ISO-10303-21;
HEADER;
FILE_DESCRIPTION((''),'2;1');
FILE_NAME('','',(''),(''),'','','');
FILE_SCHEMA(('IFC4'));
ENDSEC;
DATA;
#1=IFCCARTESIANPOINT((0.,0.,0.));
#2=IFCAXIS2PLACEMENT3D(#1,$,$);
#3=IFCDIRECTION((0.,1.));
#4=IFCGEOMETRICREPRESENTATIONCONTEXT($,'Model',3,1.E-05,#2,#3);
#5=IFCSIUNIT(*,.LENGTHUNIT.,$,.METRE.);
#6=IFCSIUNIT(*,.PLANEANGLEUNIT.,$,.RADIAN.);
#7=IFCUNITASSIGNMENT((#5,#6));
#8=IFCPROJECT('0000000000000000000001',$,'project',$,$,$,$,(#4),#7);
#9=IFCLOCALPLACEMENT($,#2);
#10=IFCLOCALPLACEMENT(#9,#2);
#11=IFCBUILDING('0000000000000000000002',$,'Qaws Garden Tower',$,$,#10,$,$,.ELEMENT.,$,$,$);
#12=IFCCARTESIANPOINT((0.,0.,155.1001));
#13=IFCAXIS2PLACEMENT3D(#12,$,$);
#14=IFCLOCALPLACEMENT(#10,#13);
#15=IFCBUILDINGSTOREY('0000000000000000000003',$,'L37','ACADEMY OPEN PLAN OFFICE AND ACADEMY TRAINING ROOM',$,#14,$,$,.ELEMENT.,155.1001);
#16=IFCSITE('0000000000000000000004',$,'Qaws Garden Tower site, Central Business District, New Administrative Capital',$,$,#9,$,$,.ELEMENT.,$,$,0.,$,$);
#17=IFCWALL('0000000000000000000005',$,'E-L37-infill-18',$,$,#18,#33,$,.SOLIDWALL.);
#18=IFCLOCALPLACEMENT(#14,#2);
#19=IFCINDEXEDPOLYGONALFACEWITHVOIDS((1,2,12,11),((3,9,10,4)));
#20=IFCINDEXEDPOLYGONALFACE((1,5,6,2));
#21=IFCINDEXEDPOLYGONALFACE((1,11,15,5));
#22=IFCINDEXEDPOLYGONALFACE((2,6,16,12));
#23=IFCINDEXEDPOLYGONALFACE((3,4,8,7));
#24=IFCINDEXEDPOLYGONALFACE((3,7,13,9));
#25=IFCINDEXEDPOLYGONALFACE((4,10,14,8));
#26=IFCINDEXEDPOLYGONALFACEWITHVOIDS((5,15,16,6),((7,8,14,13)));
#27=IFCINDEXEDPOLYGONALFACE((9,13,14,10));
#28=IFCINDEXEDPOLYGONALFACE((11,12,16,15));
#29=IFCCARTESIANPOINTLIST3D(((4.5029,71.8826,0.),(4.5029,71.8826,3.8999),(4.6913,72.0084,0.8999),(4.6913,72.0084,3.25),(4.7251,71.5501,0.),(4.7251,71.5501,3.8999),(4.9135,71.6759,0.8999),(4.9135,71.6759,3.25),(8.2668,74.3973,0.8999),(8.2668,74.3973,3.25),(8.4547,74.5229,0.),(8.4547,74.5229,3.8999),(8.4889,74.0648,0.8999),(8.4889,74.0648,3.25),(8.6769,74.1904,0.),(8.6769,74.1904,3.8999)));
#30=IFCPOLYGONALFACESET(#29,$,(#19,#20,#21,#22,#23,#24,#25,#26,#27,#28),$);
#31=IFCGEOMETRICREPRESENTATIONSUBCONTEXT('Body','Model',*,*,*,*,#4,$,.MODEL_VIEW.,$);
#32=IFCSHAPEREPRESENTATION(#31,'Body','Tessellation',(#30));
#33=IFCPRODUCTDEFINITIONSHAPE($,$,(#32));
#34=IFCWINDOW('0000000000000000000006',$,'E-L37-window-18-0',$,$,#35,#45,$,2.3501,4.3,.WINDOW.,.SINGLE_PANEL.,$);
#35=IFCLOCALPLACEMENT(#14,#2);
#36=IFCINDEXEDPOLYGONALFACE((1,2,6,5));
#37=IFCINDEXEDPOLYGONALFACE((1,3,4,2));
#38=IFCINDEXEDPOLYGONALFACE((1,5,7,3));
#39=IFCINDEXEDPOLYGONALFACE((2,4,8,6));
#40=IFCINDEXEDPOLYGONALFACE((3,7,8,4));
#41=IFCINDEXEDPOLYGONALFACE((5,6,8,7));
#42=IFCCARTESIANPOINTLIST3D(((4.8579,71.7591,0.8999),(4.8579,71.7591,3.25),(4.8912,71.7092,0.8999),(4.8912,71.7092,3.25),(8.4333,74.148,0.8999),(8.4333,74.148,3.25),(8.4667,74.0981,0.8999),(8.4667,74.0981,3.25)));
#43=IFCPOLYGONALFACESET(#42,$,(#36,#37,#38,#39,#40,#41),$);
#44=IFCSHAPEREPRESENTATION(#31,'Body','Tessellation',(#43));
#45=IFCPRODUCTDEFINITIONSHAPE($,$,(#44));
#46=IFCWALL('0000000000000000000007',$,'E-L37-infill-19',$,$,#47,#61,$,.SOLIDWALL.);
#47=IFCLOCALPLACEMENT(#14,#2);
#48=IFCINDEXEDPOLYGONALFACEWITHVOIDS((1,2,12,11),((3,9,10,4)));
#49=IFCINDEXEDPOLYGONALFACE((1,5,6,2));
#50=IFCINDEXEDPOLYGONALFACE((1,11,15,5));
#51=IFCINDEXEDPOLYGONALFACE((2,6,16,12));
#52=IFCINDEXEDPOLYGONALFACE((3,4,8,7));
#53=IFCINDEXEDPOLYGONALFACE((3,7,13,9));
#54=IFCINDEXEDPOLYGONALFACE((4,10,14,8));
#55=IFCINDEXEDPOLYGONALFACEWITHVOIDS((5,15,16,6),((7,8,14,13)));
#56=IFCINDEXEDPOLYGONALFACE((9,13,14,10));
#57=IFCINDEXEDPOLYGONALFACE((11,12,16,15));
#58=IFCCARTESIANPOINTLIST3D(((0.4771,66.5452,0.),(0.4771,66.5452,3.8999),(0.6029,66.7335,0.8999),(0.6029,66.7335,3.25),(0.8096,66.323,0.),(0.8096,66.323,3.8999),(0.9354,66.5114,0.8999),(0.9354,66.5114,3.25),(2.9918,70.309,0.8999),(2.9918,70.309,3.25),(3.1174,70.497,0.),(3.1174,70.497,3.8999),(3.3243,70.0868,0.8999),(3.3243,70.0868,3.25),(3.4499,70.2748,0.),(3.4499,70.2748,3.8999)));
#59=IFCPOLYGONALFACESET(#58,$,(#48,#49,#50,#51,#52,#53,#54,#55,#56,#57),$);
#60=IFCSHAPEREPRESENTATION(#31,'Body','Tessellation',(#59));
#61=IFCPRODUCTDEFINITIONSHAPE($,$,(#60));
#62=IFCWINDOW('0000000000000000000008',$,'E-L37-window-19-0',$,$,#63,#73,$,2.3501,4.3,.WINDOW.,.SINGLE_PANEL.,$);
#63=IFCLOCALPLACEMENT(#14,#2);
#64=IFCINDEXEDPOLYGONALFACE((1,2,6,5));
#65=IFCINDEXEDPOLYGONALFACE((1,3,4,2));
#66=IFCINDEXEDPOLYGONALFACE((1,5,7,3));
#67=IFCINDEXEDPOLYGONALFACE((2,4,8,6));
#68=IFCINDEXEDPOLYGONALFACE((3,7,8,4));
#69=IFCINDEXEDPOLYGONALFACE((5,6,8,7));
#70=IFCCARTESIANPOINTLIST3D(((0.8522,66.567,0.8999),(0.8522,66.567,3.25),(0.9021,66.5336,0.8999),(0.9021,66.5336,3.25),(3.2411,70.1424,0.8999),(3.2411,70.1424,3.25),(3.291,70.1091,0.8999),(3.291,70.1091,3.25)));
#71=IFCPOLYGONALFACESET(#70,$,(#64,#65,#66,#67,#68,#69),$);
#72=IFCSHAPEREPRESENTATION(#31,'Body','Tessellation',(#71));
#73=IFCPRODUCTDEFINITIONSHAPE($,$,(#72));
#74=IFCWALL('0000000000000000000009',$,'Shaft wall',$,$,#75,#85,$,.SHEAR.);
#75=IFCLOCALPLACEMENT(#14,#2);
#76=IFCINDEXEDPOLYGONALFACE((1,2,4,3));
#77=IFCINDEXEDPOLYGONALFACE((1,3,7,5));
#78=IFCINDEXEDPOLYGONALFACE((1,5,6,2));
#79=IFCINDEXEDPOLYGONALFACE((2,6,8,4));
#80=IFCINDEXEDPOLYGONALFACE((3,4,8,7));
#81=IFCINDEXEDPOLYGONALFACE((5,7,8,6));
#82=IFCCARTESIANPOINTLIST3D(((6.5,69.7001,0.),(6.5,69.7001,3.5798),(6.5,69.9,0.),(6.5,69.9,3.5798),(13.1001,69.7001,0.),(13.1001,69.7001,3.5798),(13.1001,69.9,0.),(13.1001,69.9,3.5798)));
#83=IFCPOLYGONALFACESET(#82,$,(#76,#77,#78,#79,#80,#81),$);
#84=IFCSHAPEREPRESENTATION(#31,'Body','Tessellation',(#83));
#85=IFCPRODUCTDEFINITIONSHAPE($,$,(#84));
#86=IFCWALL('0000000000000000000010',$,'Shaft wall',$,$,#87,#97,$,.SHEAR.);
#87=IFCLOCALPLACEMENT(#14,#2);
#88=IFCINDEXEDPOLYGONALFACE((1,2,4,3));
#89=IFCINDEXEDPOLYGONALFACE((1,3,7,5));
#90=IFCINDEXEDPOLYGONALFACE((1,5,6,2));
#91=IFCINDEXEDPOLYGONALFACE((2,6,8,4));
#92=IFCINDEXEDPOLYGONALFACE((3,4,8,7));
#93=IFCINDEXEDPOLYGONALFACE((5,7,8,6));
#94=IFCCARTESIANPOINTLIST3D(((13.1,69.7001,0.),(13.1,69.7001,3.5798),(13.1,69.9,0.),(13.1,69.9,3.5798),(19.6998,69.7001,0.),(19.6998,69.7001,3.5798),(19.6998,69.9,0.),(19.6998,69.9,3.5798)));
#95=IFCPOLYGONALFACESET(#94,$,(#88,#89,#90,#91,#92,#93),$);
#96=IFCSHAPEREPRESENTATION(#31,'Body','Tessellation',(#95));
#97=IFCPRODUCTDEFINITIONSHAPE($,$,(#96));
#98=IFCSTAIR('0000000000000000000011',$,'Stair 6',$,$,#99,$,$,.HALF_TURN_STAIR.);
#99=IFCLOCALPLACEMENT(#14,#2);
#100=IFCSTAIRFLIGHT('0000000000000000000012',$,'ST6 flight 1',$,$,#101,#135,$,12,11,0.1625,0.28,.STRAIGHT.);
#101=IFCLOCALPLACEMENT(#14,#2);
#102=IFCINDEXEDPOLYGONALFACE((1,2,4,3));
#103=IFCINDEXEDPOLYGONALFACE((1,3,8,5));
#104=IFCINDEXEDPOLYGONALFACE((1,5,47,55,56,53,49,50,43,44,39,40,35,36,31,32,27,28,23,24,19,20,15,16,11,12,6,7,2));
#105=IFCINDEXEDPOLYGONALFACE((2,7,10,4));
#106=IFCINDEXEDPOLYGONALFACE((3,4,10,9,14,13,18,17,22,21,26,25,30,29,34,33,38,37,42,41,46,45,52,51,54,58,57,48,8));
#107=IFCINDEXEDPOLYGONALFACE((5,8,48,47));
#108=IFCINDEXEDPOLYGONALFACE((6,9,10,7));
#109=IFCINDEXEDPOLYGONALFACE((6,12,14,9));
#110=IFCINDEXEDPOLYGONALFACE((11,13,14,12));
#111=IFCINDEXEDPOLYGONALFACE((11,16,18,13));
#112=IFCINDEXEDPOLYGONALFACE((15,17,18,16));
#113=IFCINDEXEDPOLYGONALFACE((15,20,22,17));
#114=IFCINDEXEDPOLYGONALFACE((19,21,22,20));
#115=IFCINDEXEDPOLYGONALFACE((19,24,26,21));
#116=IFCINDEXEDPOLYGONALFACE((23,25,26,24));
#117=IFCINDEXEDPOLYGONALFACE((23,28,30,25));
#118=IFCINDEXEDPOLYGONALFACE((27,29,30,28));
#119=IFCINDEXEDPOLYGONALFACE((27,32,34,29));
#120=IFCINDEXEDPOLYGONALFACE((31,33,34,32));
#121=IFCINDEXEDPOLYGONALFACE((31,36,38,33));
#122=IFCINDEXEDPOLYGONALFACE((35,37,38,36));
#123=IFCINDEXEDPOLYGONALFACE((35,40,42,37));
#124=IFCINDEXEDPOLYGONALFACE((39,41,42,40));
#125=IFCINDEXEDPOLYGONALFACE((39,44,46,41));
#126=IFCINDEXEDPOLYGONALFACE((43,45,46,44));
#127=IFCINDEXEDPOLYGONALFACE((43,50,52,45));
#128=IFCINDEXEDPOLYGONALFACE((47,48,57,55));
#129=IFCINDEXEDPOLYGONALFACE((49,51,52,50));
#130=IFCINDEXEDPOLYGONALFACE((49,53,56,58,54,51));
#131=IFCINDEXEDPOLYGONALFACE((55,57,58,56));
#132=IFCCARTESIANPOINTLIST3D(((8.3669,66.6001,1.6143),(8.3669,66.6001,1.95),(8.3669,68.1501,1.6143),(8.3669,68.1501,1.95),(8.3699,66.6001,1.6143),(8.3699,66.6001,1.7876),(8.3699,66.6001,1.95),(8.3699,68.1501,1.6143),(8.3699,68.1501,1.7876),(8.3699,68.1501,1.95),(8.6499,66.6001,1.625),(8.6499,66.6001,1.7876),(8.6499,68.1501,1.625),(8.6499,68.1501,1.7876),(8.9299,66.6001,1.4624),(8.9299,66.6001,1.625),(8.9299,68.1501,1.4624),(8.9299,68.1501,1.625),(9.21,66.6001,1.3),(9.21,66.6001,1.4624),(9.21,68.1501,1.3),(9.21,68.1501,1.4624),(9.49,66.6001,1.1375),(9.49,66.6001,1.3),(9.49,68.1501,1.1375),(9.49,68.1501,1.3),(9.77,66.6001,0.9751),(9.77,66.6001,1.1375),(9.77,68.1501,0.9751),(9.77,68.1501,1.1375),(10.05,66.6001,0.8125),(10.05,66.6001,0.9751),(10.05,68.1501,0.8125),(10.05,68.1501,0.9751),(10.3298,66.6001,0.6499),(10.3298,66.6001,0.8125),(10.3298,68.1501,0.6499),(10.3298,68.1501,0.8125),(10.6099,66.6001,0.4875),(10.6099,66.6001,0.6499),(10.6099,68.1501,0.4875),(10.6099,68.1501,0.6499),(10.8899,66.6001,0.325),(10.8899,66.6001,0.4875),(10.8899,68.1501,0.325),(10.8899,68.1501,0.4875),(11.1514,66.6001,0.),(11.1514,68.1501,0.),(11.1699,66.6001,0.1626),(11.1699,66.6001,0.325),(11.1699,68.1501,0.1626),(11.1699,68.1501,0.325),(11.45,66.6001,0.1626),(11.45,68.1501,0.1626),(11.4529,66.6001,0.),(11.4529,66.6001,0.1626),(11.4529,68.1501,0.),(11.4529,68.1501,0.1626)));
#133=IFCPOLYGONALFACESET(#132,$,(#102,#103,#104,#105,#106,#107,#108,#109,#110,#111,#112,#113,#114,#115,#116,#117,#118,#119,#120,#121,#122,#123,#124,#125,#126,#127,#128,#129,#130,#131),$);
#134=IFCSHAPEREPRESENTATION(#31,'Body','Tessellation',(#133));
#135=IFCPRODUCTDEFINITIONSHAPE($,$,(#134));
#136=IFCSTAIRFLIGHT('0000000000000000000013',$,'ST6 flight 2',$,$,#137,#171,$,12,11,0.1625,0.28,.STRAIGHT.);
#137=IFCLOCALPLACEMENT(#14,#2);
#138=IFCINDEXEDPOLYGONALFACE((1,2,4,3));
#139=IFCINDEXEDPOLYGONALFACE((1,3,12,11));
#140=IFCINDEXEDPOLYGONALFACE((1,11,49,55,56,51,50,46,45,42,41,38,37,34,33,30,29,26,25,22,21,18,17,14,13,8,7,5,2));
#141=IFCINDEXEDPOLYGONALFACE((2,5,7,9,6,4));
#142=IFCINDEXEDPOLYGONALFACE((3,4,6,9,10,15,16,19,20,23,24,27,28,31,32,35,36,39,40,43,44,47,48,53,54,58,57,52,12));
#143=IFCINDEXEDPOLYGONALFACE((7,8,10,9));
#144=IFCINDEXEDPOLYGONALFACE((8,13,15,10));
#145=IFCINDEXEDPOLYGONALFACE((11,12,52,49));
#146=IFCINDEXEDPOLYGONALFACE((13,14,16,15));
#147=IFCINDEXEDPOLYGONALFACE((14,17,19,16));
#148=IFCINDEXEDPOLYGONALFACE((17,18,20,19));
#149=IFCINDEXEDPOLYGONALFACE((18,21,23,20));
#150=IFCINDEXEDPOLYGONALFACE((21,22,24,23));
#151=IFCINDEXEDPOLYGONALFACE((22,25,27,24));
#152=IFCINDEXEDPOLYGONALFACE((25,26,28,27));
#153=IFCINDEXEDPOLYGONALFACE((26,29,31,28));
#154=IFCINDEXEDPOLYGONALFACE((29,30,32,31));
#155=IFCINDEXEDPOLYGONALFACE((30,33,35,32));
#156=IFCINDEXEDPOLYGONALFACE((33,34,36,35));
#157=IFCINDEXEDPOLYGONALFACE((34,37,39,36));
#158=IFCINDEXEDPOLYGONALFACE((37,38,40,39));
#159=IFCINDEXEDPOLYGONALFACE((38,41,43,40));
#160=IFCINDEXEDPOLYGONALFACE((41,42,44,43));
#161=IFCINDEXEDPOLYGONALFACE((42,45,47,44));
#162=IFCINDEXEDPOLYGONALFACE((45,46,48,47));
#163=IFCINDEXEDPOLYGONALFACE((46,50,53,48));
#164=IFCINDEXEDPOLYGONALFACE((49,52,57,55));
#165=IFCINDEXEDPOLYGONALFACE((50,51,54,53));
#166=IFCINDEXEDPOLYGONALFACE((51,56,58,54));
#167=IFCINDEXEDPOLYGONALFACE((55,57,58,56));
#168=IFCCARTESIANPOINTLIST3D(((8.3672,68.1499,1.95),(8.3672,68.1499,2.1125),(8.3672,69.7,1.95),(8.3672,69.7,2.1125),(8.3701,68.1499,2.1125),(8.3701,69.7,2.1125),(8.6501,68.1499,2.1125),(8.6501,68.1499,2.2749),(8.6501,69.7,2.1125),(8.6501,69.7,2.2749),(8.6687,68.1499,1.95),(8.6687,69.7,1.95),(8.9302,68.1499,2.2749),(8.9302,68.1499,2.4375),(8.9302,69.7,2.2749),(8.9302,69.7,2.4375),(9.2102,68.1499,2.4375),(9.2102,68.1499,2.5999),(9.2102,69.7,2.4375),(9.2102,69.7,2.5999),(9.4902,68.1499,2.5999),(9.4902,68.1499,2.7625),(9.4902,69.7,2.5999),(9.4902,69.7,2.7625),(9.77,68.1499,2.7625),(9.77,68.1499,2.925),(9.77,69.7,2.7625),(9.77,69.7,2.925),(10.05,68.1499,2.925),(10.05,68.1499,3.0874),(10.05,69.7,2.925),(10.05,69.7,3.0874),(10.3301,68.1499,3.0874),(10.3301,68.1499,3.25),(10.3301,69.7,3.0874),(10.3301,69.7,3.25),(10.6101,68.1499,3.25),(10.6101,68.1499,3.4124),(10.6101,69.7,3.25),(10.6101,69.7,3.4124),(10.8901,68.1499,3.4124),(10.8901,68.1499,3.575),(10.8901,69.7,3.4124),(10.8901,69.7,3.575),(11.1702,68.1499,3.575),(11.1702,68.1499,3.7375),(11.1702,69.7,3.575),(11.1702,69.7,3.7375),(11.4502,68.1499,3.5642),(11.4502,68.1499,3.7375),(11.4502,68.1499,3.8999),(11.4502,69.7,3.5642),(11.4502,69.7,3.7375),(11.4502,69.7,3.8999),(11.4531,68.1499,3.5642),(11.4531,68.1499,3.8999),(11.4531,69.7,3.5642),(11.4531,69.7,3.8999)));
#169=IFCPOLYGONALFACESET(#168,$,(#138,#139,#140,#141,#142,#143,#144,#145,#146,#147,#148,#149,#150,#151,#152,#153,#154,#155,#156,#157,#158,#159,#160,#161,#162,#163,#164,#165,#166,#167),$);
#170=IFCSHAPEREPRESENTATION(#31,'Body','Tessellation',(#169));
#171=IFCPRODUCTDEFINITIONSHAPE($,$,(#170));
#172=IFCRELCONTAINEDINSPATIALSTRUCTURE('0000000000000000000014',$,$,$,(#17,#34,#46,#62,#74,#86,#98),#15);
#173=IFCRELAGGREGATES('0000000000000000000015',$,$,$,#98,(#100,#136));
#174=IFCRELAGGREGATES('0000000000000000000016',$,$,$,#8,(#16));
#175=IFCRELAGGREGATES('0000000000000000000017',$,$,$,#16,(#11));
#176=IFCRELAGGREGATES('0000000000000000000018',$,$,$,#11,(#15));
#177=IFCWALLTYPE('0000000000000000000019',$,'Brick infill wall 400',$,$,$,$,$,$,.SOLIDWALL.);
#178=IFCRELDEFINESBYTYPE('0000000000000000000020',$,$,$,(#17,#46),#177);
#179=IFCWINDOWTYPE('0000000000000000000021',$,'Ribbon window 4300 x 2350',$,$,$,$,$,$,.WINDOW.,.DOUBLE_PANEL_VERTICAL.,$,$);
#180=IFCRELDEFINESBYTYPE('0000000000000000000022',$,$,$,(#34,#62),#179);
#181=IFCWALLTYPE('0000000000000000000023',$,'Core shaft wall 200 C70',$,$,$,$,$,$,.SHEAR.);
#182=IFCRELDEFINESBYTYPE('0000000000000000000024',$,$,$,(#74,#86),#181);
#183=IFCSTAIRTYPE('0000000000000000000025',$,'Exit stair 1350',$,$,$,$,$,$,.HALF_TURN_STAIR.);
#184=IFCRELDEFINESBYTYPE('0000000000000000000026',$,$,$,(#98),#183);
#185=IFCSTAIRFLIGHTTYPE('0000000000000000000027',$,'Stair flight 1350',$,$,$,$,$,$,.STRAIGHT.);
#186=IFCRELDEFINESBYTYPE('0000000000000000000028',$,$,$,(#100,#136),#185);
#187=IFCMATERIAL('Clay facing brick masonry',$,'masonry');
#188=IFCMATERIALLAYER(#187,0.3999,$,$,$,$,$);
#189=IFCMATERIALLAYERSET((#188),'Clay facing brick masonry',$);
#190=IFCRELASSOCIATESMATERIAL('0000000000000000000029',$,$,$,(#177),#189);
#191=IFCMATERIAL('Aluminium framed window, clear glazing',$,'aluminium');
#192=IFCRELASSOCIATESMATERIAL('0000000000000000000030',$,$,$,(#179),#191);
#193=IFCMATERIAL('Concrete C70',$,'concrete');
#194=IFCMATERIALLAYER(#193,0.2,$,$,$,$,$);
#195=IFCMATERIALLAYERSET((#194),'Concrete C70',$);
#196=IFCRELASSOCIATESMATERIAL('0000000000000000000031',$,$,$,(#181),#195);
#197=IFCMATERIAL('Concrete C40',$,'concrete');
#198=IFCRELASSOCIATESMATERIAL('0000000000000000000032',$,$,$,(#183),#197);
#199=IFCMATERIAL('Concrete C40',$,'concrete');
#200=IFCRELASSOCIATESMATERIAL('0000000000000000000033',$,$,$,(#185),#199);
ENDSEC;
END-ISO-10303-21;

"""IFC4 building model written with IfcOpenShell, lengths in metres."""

from ifc_helpers import new_model, si_unit, direction, frame, frame_2d, origin, place, context, subcontext, project, spatial, polyline, rectangle, outline, extrude, material, layer, layer_set, type_object, element, fill, aggregate, save


model = new_model("IFC4")

# Units and contexts
model_context = context("Model", 3, precision=1e-05, world=origin(), true_north=direction((0.0, 1.0)))
body_context = subcontext(model_context, "Body", "Model", "MODEL_VIEW")
ifc_project = project(units=[si_unit("LENGTHUNIT", "METRE"), si_unit("PLANEANGLEUNIT", "RADIAN")], contexts=[model_context])

# Site, building, storey
site_placement = place(None, origin())
site = spatial("IfcSite", under=ifc_project, at=site_placement, Name="Qaws Garden Tower site, Central Business District, New Administrative Capital", CompositionType="ELEMENT", RefElevation=0.0)
building_placement = place(site_placement, origin())
building = spatial("IfcBuilding", under=site, at=building_placement, Name="Qaws Garden Tower", CompositionType="ELEMENT")
storey_placement = place(building_placement, frame((0.0, 0.0, 155.1001)))
storey = spatial("IfcBuildingStorey", under=building, at=storey_placement, Name="L37", Description="ACADEMY OPEN PLAN OFFICE AND ACADEMY TRAINING ROOM", CompositionType="ELEMENT", Elevation=155.1001)

# Walls, openings, windows
ifc_material_1 = material(Name="Clay facing brick masonry", Category="masonry")
ifc_layer_1 = layer(ifc_material_1, 0.3999)
ifc_layer_set_1 = layer_set([ifc_layer_1], Name="Clay facing brick masonry")
wall_type_1 = type_object("IfcWallType", Name="Brick infill wall 400", PredefinedType="SOLIDWALL", material=ifc_layer_set_1)
ifc_material_2 = material(Name="Aluminium framed window, clear glazing", Category="aluminium")
window_type = type_object("IfcWindowType", Name="Ribbon window 4300 x 2350", PartitioningType="DOUBLE_PANEL_VERTICAL", PredefinedType="WINDOW", material=ifc_material_2)
wall_1_placement = place(storey_placement, frame((8.5659, 74.3567, 0.0), z_axis=(0.0, 0.0, 1.0), x_axis=(-0.831489, -0.555542, 0.0)))
wall_1 = element("IfcWall", 1, at=wall_1_placement, inside=storey, type_object=wall_type_1, Name="E-L37-infill-18", PredefinedType="SOLIDWALL", context=body_context, shape_type="SweptSolid", body=[
    extrude(rectangle(XDim=4.7527, YDim=0.3999, at=frame_2d((2.3765, 0.0))), origin(), (0.0, 0.0, 1.0), 3.8999),
])
opening_1_placement = place(wall_1_placement, frame((0.2263, 0.0, 0.8999)))
opening_1 = element("IfcOpeningElement", 2, at=opening_1_placement, cuts=wall_1, PredefinedType="OPENING", context=body_context, shape_type="SweptSolid", body=[
    extrude(rectangle(XDim=4.3, YDim=2.3501, at=frame_2d((2.1499, 1.175))), frame((0.0, 0.21, 0.0), z_axis=(0.0, -1.0, 0.0), x_axis=(1.0, 0.0, 0.0)), (0.0, 0.0, 1.0), 0.4199),
])
window_1_placement = place(opening_1_placement, origin())
window_1 = element("IfcWindow", 3, at=window_1_placement, inside=storey, type_object=window_type, Name="E-L37-window-18-0", OverallHeight=2.3501, OverallWidth=4.3, PartitioningType="SINGLE_PANEL", PredefinedType="WINDOW", context=body_context, shape_type="SweptSolid", body=[
    extrude(rectangle(XDim=4.3, YDim=2.3501, at=frame_2d((2.1499, 1.175))), frame((0.0, 0.1599, 0.0), z_axis=(0.0, -1.0, 0.0), x_axis=(1.0, 0.0, 0.0)), (0.0, 0.0, 1.0), 0.0601),
])
fill(opening_1, window_1)
wall_2_placement = place(storey_placement, frame((3.2837, 70.386, 0.0), z_axis=(0.0, 0.0, 1.0), x_axis=(-0.555542, -0.831489, 0.0)))
wall_2 = element("IfcWall", 4, at=wall_2_placement, inside=storey, type_object=wall_type_1, Name="E-L37-infill-19", PredefinedType="SOLIDWALL", context=body_context, shape_type="SweptSolid", body=[
    extrude(rectangle(XDim=4.7527, YDim=0.3999, at=frame_2d((2.3765, 0.0))), origin(), (0.0, 0.0, 1.0), 3.8999),
])
opening_2_placement = place(wall_2_placement, frame((0.2263, 0.0, 0.8999)))
opening_2 = element("IfcOpeningElement", 5, at=opening_2_placement, cuts=wall_2, PredefinedType="OPENING", context=body_context, shape_type="SweptSolid", body=[
    extrude(rectangle(XDim=4.3, YDim=2.3501, at=frame_2d((2.1499, 1.175))), frame((0.0, 0.21, 0.0), z_axis=(0.0, -1.0, 0.0), x_axis=(1.0, 0.0, 0.0)), (0.0, 0.0, 1.0), 0.4199),
])
window_2_placement = place(opening_2_placement, origin())
window_2 = element("IfcWindow", 6, at=window_2_placement, inside=storey, type_object=window_type, Name="E-L37-window-19-0", OverallHeight=2.3501, OverallWidth=4.3, PartitioningType="SINGLE_PANEL", PredefinedType="WINDOW", context=body_context, shape_type="SweptSolid", body=[
    extrude(rectangle(XDim=4.3, YDim=2.3501, at=frame_2d((2.1499, 1.175))), frame((0.0, 0.1599, 0.0), z_axis=(0.0, -1.0, 0.0), x_axis=(1.0, 0.0, 0.0)), (0.0, 0.0, 1.0), 0.0601),
])
fill(opening_2, window_2)

# Walls
ifc_material_3 = material(Name="Concrete C70", Category="concrete")
ifc_layer_2 = layer(ifc_material_3, 0.2)
ifc_layer_set_2 = layer_set([ifc_layer_2], Name="Concrete C70")
wall_type_2 = type_object("IfcWallType", Name="Core shaft wall 200 C70", PredefinedType="SHEAR", material=ifc_layer_set_2)
wall_3_placement = place(storey_placement, frame((6.5, 69.8, 0.0), z_axis=(0.0, 0.0, 1.0), x_axis=(1.0, 0.0, 0.0)))
element("IfcWall", 7, at=wall_3_placement, inside=storey, type_object=wall_type_2, Name="Shaft wall", PredefinedType="SHEAR", context=body_context, shape_type="SweptSolid", body=[
    extrude(rectangle(XDim=6.6001, YDim=0.2, at=frame_2d((3.3, 0.0))), origin(), (0.0, 0.0, 1.0), 3.5798),
])
wall_4_placement = place(storey_placement, frame((13.1001, 69.8, 0.0), z_axis=(0.0, 0.0, 1.0), x_axis=(1.0, 0.0, 0.0)))
element("IfcWall", 8, at=wall_4_placement, inside=storey, type_object=wall_type_2, Name="Shaft wall", PredefinedType="SHEAR", context=body_context, shape_type="SweptSolid", body=[
    extrude(rectangle(XDim=6.5999, YDim=0.2, at=frame_2d((3.2998, 0.0))), origin(), (0.0, 0.0, 1.0), 3.5798),
])

# Stair, stair flights
ifc_material_4 = material(Name="Concrete C40", Category="concrete")
stair_type = type_object("IfcStairType", Name="Exit stair 1350", PredefinedType="HALF_TURN_STAIR", material=ifc_material_4)
placement = place(storey_placement, origin())
stair_1 = element("IfcStair", 9, at=placement, inside=storey, type_object=stair_type, Name="Stair 6", PredefinedType="HALF_TURN_STAIR")
ifc_material_5 = material(Name="Concrete C40", Category="concrete")
stair_flight_type = type_object("IfcStairFlightType", Name="Stair flight 1350", PredefinedType="STRAIGHT", material=ifc_material_5)
stair_flight_1_placement = place(storey_placement, frame((11.45, 67.375, 0.0), z_axis=(0.0, 0.0, 1.0), x_axis=(-1.0, 0.0, 0.0)))
stair_flight_1 = element("IfcStairFlight", 10, at=stair_flight_1_placement, type_object=stair_flight_type, Name="ST6 flight 1", NumberOfRisers=12, NumberOfTreads=11, PredefinedType="STRAIGHT", RiserHeight=0.1625, TreadLength=0.28, context=body_context, shape_type="SweptSolid", body=[
    extrude(outline(polyline([(-0.0029, 0.0), (-0.0029, 0.1626), (0.0, 0.1626), (0.28, 0.1626), (0.28, 0.325), (0.5601, 0.325), (0.5601, 0.4875), (0.8401, 0.4875), (0.8401, 0.6499), (1.1201, 0.6499), (1.1201, 0.8125), (1.3999, 0.8125), (1.3999, 0.9751), (1.6799, 0.9751), (1.6799, 1.1375), (1.96, 1.1375), (1.96, 1.3), (2.24, 1.3), (2.24, 1.4624), (2.52, 1.4624), (2.52, 1.625), (2.8, 1.625), (2.8, 1.7876), (3.0801, 1.7876), (3.0801, 1.95), (3.083, 1.95), (3.083, 1.6143), (3.0801, 1.6143), (0.2986, 0.0), (-0.0029, 0.0)])), frame((0.0, 0.7749, 0.0), z_axis=(0.0, -1.0, 0.0), x_axis=(1.0, 0.0, 0.0)), (0.0, 0.0, 1.0), 1.55),
])
stair_flight_2_placement = place(storey_placement, frame((8.3701, 68.925, 1.95), z_axis=(0.0, 0.0, 1.0), x_axis=(1.0, 0.0, 0.0)))
stair_flight_2 = element("IfcStairFlight", 11, at=stair_flight_2_placement, type_object=stair_flight_type, Name="ST6 flight 2", NumberOfRisers=12, NumberOfTreads=11, PredefinedType="STRAIGHT", RiserHeight=0.1625, TreadLength=0.28, context=body_context, shape_type="SweptSolid", body=[
    extrude(outline(polyline([(-0.0029, 0.0), (-0.0029, 0.1626), (0.0, 0.1626), (0.28, 0.1626), (0.28, 0.325), (0.5601, 0.325), (0.5601, 0.4875), (0.8401, 0.4875), (0.8401, 0.6499), (1.1201, 0.6499), (1.1201, 0.8125), (1.3999, 0.8125), (1.3999, 0.9751), (1.6799, 0.9751), (1.6799, 1.1375), (1.96, 1.1375), (1.96, 1.3), (2.24, 1.3), (2.24, 1.4624), (2.52, 1.4624), (2.52, 1.625), (2.8, 1.625), (2.8, 1.7876), (3.0801, 1.7876), (3.0801, 1.95), (3.083, 1.95), (3.083, 1.6143), (3.0801, 1.6143), (0.2986, 0.0), (-0.0029, 0.0)])), frame((0.0, 0.7749, 0.0), z_axis=(0.0, -1.0, 0.0), x_axis=(1.0, 0.0, 0.0)), (0.0, 0.0, 1.0), 1.55),
])
aggregate(stair_1, [stair_flight_1, stair_flight_2])

save(model, "model.ifc")
